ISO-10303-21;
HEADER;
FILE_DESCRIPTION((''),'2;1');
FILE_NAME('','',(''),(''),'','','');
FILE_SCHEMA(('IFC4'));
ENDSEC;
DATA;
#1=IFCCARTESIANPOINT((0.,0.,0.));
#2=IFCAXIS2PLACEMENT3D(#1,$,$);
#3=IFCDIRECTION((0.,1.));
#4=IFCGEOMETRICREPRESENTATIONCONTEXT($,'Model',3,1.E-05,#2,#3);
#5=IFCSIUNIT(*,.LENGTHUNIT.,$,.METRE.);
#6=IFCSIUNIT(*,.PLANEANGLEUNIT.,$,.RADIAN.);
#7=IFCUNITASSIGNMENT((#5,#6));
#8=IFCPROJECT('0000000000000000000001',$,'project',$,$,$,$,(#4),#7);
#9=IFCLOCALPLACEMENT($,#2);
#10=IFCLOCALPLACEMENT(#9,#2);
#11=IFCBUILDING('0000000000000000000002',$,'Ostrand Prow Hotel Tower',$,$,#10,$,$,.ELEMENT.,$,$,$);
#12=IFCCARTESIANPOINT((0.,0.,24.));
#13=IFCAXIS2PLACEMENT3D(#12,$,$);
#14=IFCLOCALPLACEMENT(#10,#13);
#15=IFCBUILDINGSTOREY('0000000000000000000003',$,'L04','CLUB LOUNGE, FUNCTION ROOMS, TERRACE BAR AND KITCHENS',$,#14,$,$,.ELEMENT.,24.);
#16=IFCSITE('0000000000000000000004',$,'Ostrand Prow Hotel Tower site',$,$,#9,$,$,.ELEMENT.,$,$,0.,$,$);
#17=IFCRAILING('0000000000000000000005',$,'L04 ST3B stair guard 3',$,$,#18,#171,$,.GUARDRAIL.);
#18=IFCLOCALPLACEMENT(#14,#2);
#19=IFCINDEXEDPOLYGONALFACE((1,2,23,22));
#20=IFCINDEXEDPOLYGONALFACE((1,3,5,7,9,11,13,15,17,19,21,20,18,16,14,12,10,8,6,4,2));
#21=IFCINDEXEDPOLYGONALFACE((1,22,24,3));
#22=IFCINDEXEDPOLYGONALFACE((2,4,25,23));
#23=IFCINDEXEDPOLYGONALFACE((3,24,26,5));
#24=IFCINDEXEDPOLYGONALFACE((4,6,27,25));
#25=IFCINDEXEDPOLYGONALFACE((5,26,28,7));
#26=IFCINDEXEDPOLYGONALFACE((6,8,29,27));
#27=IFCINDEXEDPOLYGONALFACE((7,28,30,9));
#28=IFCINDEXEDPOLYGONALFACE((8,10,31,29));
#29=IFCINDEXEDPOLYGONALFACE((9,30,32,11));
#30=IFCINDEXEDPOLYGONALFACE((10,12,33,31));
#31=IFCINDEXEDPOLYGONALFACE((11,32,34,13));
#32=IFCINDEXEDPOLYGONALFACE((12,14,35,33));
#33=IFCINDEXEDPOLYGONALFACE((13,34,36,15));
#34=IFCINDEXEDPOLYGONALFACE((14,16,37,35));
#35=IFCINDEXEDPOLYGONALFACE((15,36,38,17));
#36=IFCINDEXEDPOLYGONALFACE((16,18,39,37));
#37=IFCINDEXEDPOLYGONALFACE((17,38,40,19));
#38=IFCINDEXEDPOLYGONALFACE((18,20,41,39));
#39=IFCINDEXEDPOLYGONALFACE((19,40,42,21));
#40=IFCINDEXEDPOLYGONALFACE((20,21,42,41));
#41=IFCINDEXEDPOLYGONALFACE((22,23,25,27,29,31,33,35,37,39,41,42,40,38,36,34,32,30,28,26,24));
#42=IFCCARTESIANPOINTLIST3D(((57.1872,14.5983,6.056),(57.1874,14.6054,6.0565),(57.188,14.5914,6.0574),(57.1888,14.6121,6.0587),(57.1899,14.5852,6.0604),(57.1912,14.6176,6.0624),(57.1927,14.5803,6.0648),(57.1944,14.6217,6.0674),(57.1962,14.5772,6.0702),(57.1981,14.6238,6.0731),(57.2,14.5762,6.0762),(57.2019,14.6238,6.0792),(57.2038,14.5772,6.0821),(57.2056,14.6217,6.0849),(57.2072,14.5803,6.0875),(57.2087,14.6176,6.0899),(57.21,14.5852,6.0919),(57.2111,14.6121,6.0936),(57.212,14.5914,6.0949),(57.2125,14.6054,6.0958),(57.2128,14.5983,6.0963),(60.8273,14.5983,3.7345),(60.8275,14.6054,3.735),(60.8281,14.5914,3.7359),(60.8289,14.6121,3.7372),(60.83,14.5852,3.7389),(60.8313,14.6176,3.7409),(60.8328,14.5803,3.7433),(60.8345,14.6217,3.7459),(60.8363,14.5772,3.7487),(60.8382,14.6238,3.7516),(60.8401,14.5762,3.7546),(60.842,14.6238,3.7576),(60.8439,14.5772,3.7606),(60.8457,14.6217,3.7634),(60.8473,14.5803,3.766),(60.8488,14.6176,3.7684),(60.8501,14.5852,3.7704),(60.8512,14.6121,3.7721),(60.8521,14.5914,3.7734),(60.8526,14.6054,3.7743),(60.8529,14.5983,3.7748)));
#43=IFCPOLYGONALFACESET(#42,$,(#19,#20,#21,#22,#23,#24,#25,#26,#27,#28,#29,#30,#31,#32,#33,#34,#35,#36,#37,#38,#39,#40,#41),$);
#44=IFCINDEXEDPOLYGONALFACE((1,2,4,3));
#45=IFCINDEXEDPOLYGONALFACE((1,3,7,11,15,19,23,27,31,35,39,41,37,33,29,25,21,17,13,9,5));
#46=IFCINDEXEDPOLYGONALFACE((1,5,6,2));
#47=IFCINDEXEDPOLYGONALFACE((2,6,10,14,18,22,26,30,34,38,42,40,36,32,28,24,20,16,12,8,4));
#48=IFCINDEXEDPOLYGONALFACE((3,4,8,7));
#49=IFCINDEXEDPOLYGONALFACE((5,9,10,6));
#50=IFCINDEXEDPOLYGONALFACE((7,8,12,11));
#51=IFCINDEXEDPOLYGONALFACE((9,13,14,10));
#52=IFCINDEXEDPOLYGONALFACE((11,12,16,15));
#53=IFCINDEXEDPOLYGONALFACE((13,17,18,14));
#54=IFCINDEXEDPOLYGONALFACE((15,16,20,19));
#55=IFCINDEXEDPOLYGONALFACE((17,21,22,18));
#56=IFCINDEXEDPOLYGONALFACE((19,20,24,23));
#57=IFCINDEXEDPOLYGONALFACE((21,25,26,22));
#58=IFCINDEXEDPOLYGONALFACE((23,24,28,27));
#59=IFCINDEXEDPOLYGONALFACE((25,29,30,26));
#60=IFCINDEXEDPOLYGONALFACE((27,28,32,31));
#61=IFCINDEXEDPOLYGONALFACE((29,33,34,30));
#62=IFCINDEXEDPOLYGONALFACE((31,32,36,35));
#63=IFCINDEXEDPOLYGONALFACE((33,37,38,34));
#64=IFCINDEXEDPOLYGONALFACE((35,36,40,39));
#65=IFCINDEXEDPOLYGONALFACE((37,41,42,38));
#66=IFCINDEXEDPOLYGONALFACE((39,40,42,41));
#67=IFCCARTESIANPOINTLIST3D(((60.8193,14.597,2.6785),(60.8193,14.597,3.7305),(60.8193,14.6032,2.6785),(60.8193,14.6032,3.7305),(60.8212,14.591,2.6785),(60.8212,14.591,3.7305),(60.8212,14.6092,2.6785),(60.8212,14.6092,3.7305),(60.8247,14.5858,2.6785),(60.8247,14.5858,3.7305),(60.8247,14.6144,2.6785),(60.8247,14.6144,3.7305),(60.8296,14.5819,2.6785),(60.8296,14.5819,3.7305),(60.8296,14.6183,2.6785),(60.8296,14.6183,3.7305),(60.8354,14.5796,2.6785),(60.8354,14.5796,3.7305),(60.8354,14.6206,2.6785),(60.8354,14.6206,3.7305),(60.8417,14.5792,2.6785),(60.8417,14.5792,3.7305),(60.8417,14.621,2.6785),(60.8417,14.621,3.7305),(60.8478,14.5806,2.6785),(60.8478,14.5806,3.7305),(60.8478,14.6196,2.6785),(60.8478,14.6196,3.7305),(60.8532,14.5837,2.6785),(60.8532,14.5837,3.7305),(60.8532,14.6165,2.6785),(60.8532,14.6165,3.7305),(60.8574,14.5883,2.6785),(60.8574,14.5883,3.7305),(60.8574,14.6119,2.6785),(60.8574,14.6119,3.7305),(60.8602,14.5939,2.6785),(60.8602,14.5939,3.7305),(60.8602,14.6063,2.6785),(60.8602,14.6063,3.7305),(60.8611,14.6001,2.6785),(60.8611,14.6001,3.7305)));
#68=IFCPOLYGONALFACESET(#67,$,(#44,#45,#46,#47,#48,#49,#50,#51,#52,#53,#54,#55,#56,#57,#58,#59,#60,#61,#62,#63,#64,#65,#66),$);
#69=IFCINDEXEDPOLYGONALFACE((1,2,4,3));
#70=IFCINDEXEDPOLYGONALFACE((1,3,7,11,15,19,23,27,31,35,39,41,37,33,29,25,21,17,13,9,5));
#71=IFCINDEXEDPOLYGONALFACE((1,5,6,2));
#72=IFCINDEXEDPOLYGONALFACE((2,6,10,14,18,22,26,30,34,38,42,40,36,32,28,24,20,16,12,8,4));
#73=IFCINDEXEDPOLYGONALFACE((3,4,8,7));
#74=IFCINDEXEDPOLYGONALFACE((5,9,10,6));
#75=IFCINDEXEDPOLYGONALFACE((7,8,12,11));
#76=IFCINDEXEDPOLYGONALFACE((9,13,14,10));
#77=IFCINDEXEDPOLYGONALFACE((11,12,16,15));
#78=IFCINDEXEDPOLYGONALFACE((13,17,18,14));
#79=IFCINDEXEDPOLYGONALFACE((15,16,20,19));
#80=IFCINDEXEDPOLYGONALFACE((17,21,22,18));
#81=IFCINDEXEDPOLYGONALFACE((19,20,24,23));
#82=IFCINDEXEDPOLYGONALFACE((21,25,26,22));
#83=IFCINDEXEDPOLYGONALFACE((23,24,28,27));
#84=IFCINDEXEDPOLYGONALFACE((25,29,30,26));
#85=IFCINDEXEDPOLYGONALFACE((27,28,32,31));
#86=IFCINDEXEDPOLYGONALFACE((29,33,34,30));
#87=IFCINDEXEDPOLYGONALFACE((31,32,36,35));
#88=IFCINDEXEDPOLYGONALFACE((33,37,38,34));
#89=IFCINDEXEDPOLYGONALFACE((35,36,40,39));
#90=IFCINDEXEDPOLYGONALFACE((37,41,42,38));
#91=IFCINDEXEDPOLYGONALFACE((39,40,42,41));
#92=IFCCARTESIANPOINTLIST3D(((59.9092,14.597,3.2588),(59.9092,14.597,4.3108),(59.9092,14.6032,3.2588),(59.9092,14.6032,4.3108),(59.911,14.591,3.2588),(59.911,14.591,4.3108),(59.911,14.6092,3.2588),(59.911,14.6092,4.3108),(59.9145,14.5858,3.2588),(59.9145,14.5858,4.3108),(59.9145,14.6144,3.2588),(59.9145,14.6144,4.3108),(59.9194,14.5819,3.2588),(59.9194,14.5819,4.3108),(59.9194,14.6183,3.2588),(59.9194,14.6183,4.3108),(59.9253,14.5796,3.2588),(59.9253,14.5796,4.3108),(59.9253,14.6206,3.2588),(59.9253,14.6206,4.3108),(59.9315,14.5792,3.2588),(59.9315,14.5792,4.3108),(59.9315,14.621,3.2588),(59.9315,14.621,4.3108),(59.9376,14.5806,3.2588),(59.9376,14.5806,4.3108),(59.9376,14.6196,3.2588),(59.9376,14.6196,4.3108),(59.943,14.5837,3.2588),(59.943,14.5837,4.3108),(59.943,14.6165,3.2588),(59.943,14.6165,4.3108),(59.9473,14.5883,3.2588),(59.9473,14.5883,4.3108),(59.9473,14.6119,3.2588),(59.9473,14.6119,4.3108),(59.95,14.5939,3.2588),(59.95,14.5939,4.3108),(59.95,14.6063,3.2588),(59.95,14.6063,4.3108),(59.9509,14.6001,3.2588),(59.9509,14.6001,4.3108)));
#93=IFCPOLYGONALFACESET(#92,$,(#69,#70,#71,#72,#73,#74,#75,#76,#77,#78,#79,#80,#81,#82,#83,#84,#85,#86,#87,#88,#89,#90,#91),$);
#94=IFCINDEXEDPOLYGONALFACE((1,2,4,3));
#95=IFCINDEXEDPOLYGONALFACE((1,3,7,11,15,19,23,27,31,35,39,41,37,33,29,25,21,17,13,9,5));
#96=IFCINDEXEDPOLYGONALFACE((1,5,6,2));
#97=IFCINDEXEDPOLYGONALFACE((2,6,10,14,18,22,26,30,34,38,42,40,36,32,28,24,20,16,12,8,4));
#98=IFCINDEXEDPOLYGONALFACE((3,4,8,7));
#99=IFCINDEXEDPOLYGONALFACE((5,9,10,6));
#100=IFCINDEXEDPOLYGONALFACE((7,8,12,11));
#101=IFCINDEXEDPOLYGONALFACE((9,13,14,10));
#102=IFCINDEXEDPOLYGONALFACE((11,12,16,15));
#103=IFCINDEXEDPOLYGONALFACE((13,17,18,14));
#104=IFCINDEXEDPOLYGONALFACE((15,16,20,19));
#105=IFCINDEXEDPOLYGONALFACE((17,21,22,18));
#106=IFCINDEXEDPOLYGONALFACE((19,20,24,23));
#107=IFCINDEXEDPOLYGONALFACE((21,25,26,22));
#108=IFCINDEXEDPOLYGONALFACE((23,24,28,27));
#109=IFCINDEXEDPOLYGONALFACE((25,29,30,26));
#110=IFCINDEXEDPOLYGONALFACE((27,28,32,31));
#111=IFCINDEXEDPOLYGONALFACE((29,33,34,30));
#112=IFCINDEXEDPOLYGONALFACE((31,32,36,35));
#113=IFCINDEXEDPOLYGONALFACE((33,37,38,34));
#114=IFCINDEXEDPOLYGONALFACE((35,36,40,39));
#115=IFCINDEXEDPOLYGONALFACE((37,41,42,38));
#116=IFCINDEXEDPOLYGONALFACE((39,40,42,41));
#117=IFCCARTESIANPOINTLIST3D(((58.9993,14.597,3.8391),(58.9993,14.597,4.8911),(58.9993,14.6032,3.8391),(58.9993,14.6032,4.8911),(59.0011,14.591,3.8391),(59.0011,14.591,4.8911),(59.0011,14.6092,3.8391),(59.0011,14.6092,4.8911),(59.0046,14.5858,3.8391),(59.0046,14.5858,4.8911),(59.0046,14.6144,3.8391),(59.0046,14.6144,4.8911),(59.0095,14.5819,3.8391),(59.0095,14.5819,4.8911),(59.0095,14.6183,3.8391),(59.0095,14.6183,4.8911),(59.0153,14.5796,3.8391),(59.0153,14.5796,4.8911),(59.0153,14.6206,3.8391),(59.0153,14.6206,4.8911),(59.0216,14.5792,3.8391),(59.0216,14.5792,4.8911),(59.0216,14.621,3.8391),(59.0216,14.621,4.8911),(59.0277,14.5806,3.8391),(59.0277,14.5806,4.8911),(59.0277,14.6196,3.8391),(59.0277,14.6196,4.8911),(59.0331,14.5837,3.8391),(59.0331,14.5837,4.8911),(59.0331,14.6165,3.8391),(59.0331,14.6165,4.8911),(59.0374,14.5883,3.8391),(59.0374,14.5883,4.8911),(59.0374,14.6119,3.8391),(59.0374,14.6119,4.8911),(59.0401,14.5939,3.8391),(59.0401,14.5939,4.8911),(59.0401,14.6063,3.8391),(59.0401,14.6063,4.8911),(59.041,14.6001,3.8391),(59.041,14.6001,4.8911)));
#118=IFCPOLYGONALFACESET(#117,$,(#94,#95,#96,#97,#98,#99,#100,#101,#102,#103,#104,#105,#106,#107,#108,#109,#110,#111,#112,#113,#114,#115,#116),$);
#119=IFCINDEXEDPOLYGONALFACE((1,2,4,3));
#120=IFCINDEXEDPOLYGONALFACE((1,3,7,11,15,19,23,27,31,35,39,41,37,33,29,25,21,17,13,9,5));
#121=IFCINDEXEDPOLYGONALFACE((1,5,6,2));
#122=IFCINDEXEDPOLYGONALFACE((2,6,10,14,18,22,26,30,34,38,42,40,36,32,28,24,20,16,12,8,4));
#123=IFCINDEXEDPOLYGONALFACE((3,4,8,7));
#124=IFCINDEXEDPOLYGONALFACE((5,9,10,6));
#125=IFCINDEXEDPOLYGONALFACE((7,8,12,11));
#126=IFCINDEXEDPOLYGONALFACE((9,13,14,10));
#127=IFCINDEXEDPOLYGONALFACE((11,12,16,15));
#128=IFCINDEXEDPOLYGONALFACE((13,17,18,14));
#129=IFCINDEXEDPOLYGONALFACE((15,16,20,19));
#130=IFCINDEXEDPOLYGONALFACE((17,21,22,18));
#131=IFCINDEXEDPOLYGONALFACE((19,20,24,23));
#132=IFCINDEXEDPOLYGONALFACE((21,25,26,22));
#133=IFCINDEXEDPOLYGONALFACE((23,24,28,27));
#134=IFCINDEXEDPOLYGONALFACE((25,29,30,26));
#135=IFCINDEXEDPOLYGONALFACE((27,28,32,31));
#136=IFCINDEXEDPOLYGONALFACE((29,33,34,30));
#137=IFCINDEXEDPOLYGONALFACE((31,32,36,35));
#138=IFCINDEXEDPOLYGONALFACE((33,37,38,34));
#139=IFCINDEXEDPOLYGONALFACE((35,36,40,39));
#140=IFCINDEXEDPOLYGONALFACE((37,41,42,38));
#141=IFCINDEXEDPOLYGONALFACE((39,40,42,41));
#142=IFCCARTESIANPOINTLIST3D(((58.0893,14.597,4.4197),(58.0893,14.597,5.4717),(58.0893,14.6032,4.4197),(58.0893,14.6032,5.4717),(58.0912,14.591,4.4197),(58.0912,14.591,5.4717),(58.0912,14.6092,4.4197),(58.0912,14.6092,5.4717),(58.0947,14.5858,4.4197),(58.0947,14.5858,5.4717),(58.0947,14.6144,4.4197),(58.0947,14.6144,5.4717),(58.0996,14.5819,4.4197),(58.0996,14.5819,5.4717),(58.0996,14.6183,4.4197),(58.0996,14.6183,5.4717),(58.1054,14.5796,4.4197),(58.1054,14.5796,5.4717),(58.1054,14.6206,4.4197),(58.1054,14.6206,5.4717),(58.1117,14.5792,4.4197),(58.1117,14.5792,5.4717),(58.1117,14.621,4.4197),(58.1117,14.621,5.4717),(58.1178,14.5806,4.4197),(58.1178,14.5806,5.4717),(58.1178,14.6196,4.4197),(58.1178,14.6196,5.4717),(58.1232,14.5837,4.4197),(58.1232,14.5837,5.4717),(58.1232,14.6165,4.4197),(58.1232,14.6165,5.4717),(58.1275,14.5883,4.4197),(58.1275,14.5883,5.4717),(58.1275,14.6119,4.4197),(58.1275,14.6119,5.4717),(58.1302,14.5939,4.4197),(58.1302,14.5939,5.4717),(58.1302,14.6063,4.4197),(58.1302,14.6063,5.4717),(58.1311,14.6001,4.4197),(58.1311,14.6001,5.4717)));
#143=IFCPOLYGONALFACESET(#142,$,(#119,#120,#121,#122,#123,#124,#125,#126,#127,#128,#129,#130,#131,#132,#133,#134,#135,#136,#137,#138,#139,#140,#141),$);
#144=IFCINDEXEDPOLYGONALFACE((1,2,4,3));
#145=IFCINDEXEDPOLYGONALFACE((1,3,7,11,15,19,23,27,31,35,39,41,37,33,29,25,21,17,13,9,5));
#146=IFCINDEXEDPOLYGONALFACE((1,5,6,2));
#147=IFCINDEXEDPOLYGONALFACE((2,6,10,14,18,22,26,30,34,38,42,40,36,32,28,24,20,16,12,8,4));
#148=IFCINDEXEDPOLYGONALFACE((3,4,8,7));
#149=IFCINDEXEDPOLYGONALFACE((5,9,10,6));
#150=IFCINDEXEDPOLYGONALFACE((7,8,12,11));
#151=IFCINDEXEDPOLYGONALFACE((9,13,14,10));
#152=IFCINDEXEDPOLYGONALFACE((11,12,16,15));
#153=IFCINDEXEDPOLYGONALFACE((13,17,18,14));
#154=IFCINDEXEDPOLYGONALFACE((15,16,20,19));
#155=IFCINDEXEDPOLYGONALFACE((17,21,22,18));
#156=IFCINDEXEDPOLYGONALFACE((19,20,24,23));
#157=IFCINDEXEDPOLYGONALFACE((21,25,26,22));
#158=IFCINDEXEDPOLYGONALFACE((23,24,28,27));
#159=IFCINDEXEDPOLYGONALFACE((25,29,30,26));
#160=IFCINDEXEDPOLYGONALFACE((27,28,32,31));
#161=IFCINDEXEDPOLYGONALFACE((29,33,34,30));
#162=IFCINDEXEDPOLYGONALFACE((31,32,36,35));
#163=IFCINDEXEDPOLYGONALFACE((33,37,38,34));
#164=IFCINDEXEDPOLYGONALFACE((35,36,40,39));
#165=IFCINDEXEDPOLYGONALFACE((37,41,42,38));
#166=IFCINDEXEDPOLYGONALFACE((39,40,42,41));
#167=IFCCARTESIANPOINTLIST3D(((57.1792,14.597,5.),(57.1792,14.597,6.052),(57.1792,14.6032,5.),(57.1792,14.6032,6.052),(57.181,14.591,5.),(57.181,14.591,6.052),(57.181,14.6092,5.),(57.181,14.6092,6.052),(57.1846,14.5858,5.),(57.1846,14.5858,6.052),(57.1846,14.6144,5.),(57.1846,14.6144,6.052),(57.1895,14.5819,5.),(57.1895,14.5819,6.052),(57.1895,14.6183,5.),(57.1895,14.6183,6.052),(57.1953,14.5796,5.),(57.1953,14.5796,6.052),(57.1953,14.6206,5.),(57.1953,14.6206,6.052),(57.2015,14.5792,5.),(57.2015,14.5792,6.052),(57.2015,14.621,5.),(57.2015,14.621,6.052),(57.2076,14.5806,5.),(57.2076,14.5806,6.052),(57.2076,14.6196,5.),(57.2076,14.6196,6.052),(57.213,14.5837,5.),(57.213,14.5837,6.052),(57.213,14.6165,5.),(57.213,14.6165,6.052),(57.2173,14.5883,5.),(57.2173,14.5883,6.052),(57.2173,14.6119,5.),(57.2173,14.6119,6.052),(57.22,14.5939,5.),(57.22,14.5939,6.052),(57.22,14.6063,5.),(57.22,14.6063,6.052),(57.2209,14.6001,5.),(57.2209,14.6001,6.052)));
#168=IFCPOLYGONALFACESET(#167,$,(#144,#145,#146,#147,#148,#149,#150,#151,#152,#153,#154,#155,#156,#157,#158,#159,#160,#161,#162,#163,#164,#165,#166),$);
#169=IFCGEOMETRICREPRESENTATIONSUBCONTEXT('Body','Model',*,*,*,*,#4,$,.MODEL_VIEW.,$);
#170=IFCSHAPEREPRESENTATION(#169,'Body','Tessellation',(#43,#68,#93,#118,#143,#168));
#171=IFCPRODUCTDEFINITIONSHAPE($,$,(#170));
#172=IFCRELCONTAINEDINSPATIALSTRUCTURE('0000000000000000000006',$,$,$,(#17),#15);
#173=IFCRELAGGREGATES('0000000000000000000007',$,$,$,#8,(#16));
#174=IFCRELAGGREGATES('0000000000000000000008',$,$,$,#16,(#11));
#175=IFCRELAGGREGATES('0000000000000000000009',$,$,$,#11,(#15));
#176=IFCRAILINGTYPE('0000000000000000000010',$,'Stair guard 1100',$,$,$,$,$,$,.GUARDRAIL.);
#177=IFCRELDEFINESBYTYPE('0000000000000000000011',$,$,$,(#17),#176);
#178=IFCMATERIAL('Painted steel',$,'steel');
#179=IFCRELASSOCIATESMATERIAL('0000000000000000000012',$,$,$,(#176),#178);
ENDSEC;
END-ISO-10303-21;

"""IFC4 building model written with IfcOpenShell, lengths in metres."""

from ifc_helpers import new_model, si_unit, direction, frame, origin, origin_2d, place, context, subcontext, project, spatial, circle, extrude, material, type_object, element, save


model = new_model("IFC4")

# Units and contexts
model_context = context("Model", 3, precision=1e-05, world=origin(), true_north=direction((0.0, 1.0)))
body_context = subcontext(model_context, "Body", "Model", "MODEL_VIEW")
ifc_project = project(units=[si_unit("LENGTHUNIT", "METRE"), si_unit("PLANEANGLEUNIT", "RADIAN")], contexts=[model_context])

# Site, building, storey
site_placement = place(None, origin())
site = spatial("IfcSite", under=ifc_project, at=site_placement, Name="Ostrand Prow Hotel Tower site", CompositionType="ELEMENT", RefElevation=0.0)
building_placement = place(site_placement, origin())
building = spatial("IfcBuilding", under=site, at=building_placement, Name="Ostrand Prow Hotel Tower", CompositionType="ELEMENT")
storey_placement = place(building_placement, frame((0.0, 0.0, 24.0)))
storey = spatial("IfcBuildingStorey", under=building, at=storey_placement, Name="L04", Description="CLUB LOUNGE, FUNCTION ROOMS, TERRACE BAR AND KITCHENS", CompositionType="ELEMENT", Elevation=24.0)

# Railing
ifc_material_1 = material(Name="Painted steel", Category="steel")
railing_type_1 = type_object("IfcRailingType", Name="Stair guard 1100", PredefinedType="GUARDRAIL", material=ifc_material_1)
railing_1_placement = place(storey_placement, frame((60.8401, 14.6001, 2.6785)))
element("IfcRailing", 1, at=railing_1_placement, inside=storey, type_object=railing_type_1, Name="L04 ST3B stair guard 3", PredefinedType="GUARDRAIL", context=body_context, shape_type="SweptSolid", body=[
    extrude(circle(Radius=0.0239, at=origin_2d()), frame((0.0, 0.0, 1.0762), z_axis=(-0.843128, 0.0, 0.537713), x_axis=(0.0, -1.0, 0.0)), (0.0, 0.0, 1.0), 4.3174),
    extrude(circle(Radius=0.021, at=origin_2d()), origin(), (0.0, 0.0, 1.0), 1.052),
    extrude(circle(Radius=0.021, at=origin_2d()), frame((-0.9102, 0.0, 0.5803)), (0.0, 0.0, 1.0), 1.052),
    extrude(circle(Radius=0.021, at=origin_2d()), frame((-1.8201, 0.0, 1.1606)), (0.0, 0.0, 1.0), 1.052),
    extrude(circle(Radius=0.021, at=origin_2d()), frame((-2.73, 0.0, 1.7412)), (0.0, 0.0, 1.0), 1.052),
    extrude(circle(Radius=0.021, at=origin_2d()), frame((-3.6401, 0.0, 2.3215)), (0.0, 0.0, 1.0), 1.052),
])

save(model, "model.ifc")
